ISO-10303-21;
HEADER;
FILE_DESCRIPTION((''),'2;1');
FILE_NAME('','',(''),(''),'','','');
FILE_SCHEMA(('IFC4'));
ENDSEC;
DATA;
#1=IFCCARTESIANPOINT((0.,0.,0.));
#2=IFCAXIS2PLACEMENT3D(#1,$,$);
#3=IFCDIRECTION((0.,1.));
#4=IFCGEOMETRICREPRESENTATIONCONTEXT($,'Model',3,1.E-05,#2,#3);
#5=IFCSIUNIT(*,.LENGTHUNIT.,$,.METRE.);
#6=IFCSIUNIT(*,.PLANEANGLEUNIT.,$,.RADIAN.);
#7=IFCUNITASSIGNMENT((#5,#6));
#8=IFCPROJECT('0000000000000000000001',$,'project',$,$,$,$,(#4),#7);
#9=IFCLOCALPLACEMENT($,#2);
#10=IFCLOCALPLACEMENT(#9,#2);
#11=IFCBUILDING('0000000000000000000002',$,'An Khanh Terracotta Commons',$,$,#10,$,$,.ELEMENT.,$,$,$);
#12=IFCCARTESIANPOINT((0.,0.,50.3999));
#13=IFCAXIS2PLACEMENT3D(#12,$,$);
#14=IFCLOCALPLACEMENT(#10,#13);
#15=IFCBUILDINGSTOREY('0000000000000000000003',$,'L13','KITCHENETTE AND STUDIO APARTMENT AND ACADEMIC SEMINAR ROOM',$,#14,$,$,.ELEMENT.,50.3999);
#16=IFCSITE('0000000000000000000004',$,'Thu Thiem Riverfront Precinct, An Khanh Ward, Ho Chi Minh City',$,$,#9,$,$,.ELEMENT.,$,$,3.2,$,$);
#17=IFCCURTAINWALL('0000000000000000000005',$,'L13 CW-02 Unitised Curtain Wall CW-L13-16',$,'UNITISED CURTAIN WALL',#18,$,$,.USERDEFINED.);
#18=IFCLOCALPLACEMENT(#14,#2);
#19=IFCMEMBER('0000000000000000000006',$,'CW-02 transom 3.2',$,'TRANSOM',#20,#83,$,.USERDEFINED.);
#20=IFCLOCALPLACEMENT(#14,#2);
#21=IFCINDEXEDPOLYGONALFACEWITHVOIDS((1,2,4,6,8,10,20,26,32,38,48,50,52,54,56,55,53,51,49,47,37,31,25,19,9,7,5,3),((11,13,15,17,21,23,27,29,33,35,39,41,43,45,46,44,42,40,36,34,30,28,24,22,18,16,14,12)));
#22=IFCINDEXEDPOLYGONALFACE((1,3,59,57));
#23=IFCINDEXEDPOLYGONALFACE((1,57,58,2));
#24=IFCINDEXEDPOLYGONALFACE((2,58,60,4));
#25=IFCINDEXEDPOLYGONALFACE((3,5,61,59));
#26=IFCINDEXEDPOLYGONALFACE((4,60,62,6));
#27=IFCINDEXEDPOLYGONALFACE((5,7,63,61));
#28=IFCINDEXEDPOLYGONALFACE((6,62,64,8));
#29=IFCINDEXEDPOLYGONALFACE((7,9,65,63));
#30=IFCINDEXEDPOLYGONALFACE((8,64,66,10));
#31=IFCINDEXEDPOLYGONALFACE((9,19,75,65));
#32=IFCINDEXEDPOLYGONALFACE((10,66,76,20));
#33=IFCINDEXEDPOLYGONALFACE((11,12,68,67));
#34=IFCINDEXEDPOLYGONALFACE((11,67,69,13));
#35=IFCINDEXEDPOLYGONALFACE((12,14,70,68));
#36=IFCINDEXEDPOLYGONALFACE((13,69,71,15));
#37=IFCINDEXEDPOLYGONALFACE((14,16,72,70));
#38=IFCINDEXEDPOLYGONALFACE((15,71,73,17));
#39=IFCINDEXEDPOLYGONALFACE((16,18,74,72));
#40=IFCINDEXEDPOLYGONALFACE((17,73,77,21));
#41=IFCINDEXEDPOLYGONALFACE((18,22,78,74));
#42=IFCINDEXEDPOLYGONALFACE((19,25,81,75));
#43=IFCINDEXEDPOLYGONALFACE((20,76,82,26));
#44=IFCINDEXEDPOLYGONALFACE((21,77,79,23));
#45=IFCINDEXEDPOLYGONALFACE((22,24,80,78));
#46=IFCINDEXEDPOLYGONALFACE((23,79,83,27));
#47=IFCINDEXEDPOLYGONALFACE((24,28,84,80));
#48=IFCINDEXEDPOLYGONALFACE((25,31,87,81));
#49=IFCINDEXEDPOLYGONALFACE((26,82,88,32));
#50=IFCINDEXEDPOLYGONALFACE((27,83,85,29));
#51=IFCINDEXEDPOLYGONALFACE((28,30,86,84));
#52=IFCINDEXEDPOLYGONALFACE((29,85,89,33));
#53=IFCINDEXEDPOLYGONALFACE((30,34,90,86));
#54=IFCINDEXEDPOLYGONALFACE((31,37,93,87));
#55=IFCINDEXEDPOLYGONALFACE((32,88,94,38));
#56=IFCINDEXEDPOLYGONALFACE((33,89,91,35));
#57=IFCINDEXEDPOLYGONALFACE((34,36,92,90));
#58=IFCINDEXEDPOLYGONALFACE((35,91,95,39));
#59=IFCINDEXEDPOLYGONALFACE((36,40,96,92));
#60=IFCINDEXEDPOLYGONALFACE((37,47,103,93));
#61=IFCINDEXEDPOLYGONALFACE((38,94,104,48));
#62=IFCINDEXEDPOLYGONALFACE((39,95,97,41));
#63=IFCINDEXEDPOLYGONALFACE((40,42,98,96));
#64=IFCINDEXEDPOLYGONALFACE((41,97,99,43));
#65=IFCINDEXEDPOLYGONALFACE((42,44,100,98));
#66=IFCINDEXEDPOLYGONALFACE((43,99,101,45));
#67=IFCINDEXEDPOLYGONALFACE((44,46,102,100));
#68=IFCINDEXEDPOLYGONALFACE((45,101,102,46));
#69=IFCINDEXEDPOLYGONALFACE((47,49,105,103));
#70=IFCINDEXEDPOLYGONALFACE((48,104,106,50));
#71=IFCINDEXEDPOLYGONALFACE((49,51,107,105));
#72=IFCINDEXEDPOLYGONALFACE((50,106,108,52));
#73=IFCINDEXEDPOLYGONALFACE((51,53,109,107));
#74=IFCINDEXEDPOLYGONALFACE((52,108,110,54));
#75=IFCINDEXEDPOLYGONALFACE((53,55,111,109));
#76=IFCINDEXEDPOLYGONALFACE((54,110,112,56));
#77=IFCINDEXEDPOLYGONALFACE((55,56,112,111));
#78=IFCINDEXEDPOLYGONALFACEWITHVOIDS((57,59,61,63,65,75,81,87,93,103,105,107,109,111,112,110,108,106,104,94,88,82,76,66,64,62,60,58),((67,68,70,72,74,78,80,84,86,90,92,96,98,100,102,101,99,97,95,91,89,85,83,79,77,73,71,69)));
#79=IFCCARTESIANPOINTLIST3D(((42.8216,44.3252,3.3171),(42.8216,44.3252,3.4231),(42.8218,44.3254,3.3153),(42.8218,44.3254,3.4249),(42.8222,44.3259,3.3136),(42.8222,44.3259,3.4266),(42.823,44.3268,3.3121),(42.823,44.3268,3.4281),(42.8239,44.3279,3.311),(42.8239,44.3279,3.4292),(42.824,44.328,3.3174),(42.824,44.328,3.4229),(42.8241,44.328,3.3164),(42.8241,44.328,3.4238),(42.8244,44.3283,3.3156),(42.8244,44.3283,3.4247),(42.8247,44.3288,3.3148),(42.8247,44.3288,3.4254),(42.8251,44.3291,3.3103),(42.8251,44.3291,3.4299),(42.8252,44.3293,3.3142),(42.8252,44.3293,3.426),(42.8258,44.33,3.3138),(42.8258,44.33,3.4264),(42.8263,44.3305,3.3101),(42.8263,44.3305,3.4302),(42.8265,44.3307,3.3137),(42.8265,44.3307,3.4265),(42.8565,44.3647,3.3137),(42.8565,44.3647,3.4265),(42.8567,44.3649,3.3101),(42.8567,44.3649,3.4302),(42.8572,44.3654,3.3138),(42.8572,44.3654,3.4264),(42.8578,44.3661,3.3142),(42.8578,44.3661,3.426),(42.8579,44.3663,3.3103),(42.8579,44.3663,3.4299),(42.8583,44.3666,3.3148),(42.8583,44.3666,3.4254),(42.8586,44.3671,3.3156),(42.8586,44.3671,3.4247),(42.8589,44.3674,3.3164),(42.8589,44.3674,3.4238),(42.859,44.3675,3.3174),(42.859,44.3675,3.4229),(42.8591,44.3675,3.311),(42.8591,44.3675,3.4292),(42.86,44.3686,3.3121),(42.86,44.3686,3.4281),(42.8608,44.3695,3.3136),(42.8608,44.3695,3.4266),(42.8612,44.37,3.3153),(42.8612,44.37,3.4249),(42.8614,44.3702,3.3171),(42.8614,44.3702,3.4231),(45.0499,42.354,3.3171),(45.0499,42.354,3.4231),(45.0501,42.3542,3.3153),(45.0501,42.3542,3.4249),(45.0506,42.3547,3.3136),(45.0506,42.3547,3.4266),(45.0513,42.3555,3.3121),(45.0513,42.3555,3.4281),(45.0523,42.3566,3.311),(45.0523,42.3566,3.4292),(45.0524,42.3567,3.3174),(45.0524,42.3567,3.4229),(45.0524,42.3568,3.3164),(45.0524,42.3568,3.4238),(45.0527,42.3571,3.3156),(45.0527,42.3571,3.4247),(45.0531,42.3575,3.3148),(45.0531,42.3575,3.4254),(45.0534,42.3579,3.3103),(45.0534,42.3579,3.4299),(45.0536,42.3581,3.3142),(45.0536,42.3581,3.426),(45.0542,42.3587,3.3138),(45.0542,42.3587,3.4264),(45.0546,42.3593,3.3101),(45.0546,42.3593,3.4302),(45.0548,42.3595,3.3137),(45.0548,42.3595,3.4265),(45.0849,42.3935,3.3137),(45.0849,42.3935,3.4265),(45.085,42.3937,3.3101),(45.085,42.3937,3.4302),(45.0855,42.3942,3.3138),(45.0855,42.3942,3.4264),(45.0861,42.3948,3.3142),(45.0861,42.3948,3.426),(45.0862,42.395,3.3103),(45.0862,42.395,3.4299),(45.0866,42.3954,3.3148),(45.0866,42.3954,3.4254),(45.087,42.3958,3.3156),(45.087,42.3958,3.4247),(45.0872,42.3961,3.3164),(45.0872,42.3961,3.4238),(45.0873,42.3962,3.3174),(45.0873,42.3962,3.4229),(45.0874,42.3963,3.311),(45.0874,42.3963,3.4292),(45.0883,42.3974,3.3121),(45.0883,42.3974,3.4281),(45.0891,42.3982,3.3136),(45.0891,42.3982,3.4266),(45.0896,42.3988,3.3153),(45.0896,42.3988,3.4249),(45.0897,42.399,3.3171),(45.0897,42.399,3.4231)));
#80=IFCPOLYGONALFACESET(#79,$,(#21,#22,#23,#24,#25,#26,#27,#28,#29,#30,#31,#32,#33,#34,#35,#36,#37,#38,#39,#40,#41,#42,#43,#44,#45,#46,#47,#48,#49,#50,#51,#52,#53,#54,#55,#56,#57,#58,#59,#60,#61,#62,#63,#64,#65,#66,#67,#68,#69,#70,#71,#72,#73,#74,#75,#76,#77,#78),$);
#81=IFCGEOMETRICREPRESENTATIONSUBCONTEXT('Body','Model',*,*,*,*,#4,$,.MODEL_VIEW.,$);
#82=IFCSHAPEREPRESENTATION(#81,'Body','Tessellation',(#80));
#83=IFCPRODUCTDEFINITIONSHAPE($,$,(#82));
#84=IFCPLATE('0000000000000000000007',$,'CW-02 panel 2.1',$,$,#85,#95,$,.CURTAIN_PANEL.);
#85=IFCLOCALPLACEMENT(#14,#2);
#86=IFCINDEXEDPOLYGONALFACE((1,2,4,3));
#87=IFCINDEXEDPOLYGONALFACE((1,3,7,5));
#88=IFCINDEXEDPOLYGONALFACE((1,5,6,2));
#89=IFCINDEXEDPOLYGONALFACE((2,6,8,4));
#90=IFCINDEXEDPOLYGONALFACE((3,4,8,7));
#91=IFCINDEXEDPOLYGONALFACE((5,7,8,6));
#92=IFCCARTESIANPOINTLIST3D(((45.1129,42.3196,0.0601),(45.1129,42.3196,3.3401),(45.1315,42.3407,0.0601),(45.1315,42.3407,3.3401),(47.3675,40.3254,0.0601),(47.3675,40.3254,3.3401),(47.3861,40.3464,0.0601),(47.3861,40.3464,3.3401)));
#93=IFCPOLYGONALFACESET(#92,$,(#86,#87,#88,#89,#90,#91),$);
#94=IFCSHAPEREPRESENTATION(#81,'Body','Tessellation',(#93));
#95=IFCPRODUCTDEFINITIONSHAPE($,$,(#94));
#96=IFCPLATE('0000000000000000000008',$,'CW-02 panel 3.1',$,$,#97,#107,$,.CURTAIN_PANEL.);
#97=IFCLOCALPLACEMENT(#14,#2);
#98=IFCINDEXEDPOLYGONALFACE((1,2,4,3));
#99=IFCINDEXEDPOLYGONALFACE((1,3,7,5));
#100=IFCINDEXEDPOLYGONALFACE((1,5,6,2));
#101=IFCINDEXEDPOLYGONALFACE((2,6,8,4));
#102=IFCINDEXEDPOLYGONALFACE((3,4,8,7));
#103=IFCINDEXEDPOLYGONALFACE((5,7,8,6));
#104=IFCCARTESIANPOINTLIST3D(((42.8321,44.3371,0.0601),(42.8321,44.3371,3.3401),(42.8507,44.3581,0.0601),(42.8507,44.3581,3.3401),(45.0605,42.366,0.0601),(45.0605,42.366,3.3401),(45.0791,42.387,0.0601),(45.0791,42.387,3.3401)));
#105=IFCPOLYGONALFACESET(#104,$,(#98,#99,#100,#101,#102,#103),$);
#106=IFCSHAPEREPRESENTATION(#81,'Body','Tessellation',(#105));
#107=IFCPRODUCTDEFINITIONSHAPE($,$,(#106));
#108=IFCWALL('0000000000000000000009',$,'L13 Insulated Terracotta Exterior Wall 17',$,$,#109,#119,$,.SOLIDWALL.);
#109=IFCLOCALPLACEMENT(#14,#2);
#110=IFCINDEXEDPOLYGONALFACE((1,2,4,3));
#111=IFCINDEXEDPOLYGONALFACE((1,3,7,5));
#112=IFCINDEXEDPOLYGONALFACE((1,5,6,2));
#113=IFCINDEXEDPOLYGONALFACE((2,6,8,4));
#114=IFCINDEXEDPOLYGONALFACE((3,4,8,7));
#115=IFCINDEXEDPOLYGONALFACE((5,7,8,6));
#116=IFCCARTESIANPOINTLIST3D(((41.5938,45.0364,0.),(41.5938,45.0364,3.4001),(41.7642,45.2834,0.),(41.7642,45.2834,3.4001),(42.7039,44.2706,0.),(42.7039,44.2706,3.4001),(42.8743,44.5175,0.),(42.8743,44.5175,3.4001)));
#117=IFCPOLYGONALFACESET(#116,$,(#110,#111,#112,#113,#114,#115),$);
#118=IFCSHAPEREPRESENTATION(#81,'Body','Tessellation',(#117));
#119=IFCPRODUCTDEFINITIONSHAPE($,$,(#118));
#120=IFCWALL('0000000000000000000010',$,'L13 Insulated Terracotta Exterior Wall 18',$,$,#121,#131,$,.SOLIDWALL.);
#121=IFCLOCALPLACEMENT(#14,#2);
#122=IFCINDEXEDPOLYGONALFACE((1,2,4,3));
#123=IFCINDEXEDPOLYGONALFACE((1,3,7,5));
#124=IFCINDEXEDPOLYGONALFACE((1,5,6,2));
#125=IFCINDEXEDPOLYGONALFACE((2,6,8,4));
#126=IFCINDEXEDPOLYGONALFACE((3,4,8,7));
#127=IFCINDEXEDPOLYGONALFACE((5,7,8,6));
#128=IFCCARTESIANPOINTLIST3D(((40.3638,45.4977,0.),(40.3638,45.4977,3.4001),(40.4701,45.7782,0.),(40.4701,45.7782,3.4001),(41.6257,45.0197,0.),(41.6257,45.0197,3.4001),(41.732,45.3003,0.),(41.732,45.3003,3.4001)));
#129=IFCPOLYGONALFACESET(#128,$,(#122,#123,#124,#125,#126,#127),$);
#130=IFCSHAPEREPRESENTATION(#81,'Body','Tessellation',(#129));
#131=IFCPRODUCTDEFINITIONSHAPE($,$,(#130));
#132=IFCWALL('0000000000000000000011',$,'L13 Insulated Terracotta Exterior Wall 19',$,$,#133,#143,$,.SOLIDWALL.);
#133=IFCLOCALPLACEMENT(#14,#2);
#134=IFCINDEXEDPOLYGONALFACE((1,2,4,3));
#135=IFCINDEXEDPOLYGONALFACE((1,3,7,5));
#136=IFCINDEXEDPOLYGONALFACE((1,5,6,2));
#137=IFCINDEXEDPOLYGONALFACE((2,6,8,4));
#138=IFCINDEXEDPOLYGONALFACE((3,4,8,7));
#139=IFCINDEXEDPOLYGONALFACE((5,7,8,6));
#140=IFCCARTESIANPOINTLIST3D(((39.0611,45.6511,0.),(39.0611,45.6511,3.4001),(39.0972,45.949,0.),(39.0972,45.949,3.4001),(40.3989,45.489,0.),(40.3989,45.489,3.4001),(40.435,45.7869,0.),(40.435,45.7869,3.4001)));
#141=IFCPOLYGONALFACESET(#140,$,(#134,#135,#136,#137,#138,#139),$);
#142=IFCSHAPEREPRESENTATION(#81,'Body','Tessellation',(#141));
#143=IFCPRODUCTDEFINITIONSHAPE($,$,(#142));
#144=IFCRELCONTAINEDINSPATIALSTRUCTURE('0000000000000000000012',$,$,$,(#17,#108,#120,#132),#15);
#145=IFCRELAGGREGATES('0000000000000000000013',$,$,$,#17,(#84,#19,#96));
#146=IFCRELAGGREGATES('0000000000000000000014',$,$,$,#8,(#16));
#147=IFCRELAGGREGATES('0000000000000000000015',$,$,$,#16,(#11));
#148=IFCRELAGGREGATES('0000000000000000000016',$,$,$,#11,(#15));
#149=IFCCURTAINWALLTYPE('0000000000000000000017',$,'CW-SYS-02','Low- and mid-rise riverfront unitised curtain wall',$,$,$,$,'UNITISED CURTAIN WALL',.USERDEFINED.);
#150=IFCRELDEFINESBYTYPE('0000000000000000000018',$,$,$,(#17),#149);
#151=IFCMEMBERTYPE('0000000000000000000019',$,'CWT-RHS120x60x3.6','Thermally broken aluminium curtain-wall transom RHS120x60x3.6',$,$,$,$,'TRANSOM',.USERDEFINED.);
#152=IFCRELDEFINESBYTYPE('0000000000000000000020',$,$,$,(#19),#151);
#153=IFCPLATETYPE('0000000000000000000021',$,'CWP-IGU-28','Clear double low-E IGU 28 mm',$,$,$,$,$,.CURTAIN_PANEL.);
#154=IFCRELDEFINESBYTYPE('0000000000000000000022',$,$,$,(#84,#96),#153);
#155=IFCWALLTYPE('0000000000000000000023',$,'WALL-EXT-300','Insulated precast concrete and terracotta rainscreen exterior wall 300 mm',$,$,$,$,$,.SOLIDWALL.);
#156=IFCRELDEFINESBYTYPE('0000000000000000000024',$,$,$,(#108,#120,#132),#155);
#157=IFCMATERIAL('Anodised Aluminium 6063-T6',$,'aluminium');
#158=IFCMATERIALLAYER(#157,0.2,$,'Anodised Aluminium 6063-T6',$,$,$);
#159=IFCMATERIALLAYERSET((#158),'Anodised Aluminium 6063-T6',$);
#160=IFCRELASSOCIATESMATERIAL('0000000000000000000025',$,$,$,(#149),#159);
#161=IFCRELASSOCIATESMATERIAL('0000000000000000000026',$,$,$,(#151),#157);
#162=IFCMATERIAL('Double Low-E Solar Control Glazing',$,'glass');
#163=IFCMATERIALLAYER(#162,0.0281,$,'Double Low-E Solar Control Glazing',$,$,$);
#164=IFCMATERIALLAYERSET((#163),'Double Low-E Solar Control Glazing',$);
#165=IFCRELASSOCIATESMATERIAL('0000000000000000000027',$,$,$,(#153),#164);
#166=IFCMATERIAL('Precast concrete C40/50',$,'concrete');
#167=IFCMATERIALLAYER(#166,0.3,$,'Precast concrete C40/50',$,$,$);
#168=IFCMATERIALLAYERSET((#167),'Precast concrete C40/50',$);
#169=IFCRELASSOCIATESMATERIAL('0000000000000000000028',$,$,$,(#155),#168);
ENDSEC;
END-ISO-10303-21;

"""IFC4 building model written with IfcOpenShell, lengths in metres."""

from ifc_helpers import new_model, si_unit, direction, frame, frame_2d, origin, origin_2d, place, context, subcontext, project, spatial, rectangle, hollow_rectangle, extrude, material, layer, layer_set, material_profile, profile_set, type_object, element, aggregate, save


model = new_model("IFC4")

# Units and contexts
model_context = context("Model", 3, precision=1e-05, world=origin(), true_north=direction((0.0, 1.0)))
body_context = subcontext(model_context, "Body", "Model", "MODEL_VIEW")
ifc_project = project(units=[si_unit("LENGTHUNIT", "METRE"), si_unit("PLANEANGLEUNIT", "RADIAN")], contexts=[model_context])

# Site, building, storey
site_placement = place(None, origin())
site = spatial("IfcSite", under=ifc_project, at=site_placement, Name="Thu Thiem Riverfront Precinct, An Khanh Ward, Ho Chi Minh City", CompositionType="ELEMENT", RefElevation=3.2)
building_placement = place(site_placement, origin())
building = spatial("IfcBuilding", under=site, at=building_placement, Name="An Khanh Terracotta Commons", CompositionType="ELEMENT")
storey_placement = place(building_placement, frame((0.0, 0.0, 50.3999)))
storey = spatial("IfcBuildingStorey", under=building, at=storey_placement, Name="L13", Description="KITCHENETTE AND STUDIO APARTMENT AND ACADEMIC SEMINAR ROOM", CompositionType="ELEMENT", Elevation=50.3999)

# Curtain wall, member, plates
ifc_material_1 = material(Name="Anodised Aluminium 6063-T6", Category="aluminium")
ifc_layer_1 = layer(ifc_material_1, 0.2, Name="Anodised Aluminium 6063-T6")
ifc_layer_set_1 = layer_set([ifc_layer_1], Name="Anodised Aluminium 6063-T6")
curtain_wall_type = type_object("IfcCurtainWallType", Name="CW-SYS-02", Description="Low- and mid-rise riverfront unitised curtain wall", ElementType="UNITISED CURTAIN WALL", PredefinedType="USERDEFINED", material=ifc_layer_set_1)
curtain_wall_placement = place(storey_placement, origin())
curtain_wall = element("IfcCurtainWall", 1, at=curtain_wall_placement, inside=storey, type_object=curtain_wall_type, Name="L13 CW-02 Unitised Curtain Wall CW-L13-16", ObjectType="UNITISED CURTAIN WALL", PredefinedType="USERDEFINED")
ifc_material_profile_1 = material_profile(ifc_material_1, hollow_rectangle(XDim=0.0601, YDim=0.1201, WallThickness=0.0037, InnerFilletRadius=0.0037, OuterFilletRadius=0.0071, at=origin_2d()), Name="RHS120x60x3.6")
ifc_profile_set_1 = profile_set([ifc_material_profile_1], Name="Anodised Aluminium 6063-T6")
member_type_1 = type_object("IfcMemberType", Name="CWT-RHS120x60x3.6", Description="Thermally broken aluminium curtain-wall transom RHS120x60x3.6", ElementType="TRANSOM", PredefinedType="USERDEFINED", material=ifc_profile_set_1)
member_1_placement = place(storey_placement, frame((45.0698, 42.3765, 3.3701), z_axis=(-0.748992, 0.662579, 0.0), x_axis=(-0.662579, -0.748992, 0.0)))
member_1 = element("IfcMember", 2, at=member_1_placement, type_object=member_type_1, Name="CW-02 transom 3.2", ObjectType="TRANSOM", PredefinedType="USERDEFINED", context=body_context, shape_type="SweptSolid", body=[
    extrude(hollow_rectangle(XDim=0.0601, YDim=0.1201, WallThickness=0.0037, InnerFilletRadius=0.0037, OuterFilletRadius=0.0071, at=origin_2d()), origin(), (0.0, 0.0, 1.0), 2.9751),
])
ifc_material_2 = material(Name="Double Low-E Solar Control Glazing", Category="glass")
ifc_layer_2 = layer(ifc_material_2, 0.0281, Name="Double Low-E Solar Control Glazing")
ifc_layer_set_2 = layer_set([ifc_layer_2], Name="Double Low-E Solar Control Glazing")
plate_type = type_object("IfcPlateType", Name="CWP-IGU-28", Description="Clear double low-E IGU 28 mm", PredefinedType="CURTAIN_PANEL", material=ifc_layer_set_2)
plate_1_placement = place(storey_placement, frame((46.2495, 41.333, 0.0601), z_axis=(0.0, 0.0, 1.0), x_axis=(-0.749019, 0.662548, 0.0)))
plate_1 = element("IfcPlate", 3, at=plate_1_placement, type_object=plate_type, Name="CW-02 panel 2.1", PredefinedType="CURTAIN_PANEL", context=body_context, shape_type="SweptSolid", body=[
    extrude(rectangle(XDim=3.01, YDim=0.0281, at=origin_2d()), origin(), (0.0, 0.0, 1.0), 3.28),
])
plate_2_placement = place(storey_placement, frame((43.9556, 43.3621, 0.0601), z_axis=(0.0, 0.0, 1.0), x_axis=(-0.749019, 0.662548, 0.0)))
plate_2 = element("IfcPlate", 4, at=plate_2_placement, type_object=plate_type, Name="CW-02 panel 3.1", PredefinedType="CURTAIN_PANEL", context=body_context, shape_type="SweptSolid", body=[
    extrude(rectangle(XDim=2.9751, YDim=0.0281, at=origin_2d()), origin(), (0.0, 0.0, 1.0), 3.28),
])
aggregate(curtain_wall, [plate_1, member_1, plate_2])

# Walls
ifc_material_3 = material(Name="Precast concrete C40/50", Category="concrete")
ifc_layer_3 = layer(ifc_material_3, 0.3, Name="Precast concrete C40/50")
ifc_layer_set_3 = layer_set([ifc_layer_3], Name="Precast concrete C40/50")
wall_type = type_object("IfcWallType", Name="WALL-EXT-300", Description="Insulated precast concrete and terracotta rainscreen exterior wall 300 mm", PredefinedType="SOLIDWALL", material=ifc_layer_set_3)
wall_1_placement = place(storey_placement, frame((42.7891, 44.394, 0.0), z_axis=(0.0, 0.0, 1.0), x_axis=(-0.823117, 0.567873, 0.0)))
element("IfcWall", 5, at=wall_1_placement, inside=storey, type_object=wall_type, Name="L13 Insulated Terracotta Exterior Wall 17", PredefinedType="SOLIDWALL", context=body_context, shape_type="SweptSolid", body=[
    extrude(rectangle(XDim=1.3486, YDim=0.3, at=frame_2d((0.6743, 0.0))), origin(), (0.0, 0.0, 1.0), 3.4001),
])
wall_2_placement = place(storey_placement, frame((41.679, 45.1599, 0.0), z_axis=(0.0, 0.0, 1.0), x_axis=(-0.935157, 0.354234, 0.0)))
element("IfcWall", 6, at=wall_2_placement, inside=storey, type_object=wall_type, Name="L13 Insulated Terracotta Exterior Wall 18", PredefinedType="SOLIDWALL", context=body_context, shape_type="SweptSolid", body=[
    extrude(rectangle(XDim=1.3494, YDim=0.3, at=frame_2d((0.6748, 0.0))), origin(), (0.0, 0.0, 1.0), 3.4001),
])
wall_3_placement = place(storey_placement, frame((40.417, 45.6379, 0.0), z_axis=(0.0, 0.0, 1.0), x_axis=(-0.992739, 0.120288, 0.0)))
element("IfcWall", 7, at=wall_3_placement, inside=storey, type_object=wall_type, Name="L13 Insulated Terracotta Exterior Wall 19", PredefinedType="SOLIDWALL", context=body_context, shape_type="SweptSolid", body=[
    extrude(rectangle(XDim=1.3477, YDim=0.3, at=frame_2d((0.6738, 0.0))), origin(), (0.0, 0.0, 1.0), 3.4001),
])

save(model, "model.ifc")
